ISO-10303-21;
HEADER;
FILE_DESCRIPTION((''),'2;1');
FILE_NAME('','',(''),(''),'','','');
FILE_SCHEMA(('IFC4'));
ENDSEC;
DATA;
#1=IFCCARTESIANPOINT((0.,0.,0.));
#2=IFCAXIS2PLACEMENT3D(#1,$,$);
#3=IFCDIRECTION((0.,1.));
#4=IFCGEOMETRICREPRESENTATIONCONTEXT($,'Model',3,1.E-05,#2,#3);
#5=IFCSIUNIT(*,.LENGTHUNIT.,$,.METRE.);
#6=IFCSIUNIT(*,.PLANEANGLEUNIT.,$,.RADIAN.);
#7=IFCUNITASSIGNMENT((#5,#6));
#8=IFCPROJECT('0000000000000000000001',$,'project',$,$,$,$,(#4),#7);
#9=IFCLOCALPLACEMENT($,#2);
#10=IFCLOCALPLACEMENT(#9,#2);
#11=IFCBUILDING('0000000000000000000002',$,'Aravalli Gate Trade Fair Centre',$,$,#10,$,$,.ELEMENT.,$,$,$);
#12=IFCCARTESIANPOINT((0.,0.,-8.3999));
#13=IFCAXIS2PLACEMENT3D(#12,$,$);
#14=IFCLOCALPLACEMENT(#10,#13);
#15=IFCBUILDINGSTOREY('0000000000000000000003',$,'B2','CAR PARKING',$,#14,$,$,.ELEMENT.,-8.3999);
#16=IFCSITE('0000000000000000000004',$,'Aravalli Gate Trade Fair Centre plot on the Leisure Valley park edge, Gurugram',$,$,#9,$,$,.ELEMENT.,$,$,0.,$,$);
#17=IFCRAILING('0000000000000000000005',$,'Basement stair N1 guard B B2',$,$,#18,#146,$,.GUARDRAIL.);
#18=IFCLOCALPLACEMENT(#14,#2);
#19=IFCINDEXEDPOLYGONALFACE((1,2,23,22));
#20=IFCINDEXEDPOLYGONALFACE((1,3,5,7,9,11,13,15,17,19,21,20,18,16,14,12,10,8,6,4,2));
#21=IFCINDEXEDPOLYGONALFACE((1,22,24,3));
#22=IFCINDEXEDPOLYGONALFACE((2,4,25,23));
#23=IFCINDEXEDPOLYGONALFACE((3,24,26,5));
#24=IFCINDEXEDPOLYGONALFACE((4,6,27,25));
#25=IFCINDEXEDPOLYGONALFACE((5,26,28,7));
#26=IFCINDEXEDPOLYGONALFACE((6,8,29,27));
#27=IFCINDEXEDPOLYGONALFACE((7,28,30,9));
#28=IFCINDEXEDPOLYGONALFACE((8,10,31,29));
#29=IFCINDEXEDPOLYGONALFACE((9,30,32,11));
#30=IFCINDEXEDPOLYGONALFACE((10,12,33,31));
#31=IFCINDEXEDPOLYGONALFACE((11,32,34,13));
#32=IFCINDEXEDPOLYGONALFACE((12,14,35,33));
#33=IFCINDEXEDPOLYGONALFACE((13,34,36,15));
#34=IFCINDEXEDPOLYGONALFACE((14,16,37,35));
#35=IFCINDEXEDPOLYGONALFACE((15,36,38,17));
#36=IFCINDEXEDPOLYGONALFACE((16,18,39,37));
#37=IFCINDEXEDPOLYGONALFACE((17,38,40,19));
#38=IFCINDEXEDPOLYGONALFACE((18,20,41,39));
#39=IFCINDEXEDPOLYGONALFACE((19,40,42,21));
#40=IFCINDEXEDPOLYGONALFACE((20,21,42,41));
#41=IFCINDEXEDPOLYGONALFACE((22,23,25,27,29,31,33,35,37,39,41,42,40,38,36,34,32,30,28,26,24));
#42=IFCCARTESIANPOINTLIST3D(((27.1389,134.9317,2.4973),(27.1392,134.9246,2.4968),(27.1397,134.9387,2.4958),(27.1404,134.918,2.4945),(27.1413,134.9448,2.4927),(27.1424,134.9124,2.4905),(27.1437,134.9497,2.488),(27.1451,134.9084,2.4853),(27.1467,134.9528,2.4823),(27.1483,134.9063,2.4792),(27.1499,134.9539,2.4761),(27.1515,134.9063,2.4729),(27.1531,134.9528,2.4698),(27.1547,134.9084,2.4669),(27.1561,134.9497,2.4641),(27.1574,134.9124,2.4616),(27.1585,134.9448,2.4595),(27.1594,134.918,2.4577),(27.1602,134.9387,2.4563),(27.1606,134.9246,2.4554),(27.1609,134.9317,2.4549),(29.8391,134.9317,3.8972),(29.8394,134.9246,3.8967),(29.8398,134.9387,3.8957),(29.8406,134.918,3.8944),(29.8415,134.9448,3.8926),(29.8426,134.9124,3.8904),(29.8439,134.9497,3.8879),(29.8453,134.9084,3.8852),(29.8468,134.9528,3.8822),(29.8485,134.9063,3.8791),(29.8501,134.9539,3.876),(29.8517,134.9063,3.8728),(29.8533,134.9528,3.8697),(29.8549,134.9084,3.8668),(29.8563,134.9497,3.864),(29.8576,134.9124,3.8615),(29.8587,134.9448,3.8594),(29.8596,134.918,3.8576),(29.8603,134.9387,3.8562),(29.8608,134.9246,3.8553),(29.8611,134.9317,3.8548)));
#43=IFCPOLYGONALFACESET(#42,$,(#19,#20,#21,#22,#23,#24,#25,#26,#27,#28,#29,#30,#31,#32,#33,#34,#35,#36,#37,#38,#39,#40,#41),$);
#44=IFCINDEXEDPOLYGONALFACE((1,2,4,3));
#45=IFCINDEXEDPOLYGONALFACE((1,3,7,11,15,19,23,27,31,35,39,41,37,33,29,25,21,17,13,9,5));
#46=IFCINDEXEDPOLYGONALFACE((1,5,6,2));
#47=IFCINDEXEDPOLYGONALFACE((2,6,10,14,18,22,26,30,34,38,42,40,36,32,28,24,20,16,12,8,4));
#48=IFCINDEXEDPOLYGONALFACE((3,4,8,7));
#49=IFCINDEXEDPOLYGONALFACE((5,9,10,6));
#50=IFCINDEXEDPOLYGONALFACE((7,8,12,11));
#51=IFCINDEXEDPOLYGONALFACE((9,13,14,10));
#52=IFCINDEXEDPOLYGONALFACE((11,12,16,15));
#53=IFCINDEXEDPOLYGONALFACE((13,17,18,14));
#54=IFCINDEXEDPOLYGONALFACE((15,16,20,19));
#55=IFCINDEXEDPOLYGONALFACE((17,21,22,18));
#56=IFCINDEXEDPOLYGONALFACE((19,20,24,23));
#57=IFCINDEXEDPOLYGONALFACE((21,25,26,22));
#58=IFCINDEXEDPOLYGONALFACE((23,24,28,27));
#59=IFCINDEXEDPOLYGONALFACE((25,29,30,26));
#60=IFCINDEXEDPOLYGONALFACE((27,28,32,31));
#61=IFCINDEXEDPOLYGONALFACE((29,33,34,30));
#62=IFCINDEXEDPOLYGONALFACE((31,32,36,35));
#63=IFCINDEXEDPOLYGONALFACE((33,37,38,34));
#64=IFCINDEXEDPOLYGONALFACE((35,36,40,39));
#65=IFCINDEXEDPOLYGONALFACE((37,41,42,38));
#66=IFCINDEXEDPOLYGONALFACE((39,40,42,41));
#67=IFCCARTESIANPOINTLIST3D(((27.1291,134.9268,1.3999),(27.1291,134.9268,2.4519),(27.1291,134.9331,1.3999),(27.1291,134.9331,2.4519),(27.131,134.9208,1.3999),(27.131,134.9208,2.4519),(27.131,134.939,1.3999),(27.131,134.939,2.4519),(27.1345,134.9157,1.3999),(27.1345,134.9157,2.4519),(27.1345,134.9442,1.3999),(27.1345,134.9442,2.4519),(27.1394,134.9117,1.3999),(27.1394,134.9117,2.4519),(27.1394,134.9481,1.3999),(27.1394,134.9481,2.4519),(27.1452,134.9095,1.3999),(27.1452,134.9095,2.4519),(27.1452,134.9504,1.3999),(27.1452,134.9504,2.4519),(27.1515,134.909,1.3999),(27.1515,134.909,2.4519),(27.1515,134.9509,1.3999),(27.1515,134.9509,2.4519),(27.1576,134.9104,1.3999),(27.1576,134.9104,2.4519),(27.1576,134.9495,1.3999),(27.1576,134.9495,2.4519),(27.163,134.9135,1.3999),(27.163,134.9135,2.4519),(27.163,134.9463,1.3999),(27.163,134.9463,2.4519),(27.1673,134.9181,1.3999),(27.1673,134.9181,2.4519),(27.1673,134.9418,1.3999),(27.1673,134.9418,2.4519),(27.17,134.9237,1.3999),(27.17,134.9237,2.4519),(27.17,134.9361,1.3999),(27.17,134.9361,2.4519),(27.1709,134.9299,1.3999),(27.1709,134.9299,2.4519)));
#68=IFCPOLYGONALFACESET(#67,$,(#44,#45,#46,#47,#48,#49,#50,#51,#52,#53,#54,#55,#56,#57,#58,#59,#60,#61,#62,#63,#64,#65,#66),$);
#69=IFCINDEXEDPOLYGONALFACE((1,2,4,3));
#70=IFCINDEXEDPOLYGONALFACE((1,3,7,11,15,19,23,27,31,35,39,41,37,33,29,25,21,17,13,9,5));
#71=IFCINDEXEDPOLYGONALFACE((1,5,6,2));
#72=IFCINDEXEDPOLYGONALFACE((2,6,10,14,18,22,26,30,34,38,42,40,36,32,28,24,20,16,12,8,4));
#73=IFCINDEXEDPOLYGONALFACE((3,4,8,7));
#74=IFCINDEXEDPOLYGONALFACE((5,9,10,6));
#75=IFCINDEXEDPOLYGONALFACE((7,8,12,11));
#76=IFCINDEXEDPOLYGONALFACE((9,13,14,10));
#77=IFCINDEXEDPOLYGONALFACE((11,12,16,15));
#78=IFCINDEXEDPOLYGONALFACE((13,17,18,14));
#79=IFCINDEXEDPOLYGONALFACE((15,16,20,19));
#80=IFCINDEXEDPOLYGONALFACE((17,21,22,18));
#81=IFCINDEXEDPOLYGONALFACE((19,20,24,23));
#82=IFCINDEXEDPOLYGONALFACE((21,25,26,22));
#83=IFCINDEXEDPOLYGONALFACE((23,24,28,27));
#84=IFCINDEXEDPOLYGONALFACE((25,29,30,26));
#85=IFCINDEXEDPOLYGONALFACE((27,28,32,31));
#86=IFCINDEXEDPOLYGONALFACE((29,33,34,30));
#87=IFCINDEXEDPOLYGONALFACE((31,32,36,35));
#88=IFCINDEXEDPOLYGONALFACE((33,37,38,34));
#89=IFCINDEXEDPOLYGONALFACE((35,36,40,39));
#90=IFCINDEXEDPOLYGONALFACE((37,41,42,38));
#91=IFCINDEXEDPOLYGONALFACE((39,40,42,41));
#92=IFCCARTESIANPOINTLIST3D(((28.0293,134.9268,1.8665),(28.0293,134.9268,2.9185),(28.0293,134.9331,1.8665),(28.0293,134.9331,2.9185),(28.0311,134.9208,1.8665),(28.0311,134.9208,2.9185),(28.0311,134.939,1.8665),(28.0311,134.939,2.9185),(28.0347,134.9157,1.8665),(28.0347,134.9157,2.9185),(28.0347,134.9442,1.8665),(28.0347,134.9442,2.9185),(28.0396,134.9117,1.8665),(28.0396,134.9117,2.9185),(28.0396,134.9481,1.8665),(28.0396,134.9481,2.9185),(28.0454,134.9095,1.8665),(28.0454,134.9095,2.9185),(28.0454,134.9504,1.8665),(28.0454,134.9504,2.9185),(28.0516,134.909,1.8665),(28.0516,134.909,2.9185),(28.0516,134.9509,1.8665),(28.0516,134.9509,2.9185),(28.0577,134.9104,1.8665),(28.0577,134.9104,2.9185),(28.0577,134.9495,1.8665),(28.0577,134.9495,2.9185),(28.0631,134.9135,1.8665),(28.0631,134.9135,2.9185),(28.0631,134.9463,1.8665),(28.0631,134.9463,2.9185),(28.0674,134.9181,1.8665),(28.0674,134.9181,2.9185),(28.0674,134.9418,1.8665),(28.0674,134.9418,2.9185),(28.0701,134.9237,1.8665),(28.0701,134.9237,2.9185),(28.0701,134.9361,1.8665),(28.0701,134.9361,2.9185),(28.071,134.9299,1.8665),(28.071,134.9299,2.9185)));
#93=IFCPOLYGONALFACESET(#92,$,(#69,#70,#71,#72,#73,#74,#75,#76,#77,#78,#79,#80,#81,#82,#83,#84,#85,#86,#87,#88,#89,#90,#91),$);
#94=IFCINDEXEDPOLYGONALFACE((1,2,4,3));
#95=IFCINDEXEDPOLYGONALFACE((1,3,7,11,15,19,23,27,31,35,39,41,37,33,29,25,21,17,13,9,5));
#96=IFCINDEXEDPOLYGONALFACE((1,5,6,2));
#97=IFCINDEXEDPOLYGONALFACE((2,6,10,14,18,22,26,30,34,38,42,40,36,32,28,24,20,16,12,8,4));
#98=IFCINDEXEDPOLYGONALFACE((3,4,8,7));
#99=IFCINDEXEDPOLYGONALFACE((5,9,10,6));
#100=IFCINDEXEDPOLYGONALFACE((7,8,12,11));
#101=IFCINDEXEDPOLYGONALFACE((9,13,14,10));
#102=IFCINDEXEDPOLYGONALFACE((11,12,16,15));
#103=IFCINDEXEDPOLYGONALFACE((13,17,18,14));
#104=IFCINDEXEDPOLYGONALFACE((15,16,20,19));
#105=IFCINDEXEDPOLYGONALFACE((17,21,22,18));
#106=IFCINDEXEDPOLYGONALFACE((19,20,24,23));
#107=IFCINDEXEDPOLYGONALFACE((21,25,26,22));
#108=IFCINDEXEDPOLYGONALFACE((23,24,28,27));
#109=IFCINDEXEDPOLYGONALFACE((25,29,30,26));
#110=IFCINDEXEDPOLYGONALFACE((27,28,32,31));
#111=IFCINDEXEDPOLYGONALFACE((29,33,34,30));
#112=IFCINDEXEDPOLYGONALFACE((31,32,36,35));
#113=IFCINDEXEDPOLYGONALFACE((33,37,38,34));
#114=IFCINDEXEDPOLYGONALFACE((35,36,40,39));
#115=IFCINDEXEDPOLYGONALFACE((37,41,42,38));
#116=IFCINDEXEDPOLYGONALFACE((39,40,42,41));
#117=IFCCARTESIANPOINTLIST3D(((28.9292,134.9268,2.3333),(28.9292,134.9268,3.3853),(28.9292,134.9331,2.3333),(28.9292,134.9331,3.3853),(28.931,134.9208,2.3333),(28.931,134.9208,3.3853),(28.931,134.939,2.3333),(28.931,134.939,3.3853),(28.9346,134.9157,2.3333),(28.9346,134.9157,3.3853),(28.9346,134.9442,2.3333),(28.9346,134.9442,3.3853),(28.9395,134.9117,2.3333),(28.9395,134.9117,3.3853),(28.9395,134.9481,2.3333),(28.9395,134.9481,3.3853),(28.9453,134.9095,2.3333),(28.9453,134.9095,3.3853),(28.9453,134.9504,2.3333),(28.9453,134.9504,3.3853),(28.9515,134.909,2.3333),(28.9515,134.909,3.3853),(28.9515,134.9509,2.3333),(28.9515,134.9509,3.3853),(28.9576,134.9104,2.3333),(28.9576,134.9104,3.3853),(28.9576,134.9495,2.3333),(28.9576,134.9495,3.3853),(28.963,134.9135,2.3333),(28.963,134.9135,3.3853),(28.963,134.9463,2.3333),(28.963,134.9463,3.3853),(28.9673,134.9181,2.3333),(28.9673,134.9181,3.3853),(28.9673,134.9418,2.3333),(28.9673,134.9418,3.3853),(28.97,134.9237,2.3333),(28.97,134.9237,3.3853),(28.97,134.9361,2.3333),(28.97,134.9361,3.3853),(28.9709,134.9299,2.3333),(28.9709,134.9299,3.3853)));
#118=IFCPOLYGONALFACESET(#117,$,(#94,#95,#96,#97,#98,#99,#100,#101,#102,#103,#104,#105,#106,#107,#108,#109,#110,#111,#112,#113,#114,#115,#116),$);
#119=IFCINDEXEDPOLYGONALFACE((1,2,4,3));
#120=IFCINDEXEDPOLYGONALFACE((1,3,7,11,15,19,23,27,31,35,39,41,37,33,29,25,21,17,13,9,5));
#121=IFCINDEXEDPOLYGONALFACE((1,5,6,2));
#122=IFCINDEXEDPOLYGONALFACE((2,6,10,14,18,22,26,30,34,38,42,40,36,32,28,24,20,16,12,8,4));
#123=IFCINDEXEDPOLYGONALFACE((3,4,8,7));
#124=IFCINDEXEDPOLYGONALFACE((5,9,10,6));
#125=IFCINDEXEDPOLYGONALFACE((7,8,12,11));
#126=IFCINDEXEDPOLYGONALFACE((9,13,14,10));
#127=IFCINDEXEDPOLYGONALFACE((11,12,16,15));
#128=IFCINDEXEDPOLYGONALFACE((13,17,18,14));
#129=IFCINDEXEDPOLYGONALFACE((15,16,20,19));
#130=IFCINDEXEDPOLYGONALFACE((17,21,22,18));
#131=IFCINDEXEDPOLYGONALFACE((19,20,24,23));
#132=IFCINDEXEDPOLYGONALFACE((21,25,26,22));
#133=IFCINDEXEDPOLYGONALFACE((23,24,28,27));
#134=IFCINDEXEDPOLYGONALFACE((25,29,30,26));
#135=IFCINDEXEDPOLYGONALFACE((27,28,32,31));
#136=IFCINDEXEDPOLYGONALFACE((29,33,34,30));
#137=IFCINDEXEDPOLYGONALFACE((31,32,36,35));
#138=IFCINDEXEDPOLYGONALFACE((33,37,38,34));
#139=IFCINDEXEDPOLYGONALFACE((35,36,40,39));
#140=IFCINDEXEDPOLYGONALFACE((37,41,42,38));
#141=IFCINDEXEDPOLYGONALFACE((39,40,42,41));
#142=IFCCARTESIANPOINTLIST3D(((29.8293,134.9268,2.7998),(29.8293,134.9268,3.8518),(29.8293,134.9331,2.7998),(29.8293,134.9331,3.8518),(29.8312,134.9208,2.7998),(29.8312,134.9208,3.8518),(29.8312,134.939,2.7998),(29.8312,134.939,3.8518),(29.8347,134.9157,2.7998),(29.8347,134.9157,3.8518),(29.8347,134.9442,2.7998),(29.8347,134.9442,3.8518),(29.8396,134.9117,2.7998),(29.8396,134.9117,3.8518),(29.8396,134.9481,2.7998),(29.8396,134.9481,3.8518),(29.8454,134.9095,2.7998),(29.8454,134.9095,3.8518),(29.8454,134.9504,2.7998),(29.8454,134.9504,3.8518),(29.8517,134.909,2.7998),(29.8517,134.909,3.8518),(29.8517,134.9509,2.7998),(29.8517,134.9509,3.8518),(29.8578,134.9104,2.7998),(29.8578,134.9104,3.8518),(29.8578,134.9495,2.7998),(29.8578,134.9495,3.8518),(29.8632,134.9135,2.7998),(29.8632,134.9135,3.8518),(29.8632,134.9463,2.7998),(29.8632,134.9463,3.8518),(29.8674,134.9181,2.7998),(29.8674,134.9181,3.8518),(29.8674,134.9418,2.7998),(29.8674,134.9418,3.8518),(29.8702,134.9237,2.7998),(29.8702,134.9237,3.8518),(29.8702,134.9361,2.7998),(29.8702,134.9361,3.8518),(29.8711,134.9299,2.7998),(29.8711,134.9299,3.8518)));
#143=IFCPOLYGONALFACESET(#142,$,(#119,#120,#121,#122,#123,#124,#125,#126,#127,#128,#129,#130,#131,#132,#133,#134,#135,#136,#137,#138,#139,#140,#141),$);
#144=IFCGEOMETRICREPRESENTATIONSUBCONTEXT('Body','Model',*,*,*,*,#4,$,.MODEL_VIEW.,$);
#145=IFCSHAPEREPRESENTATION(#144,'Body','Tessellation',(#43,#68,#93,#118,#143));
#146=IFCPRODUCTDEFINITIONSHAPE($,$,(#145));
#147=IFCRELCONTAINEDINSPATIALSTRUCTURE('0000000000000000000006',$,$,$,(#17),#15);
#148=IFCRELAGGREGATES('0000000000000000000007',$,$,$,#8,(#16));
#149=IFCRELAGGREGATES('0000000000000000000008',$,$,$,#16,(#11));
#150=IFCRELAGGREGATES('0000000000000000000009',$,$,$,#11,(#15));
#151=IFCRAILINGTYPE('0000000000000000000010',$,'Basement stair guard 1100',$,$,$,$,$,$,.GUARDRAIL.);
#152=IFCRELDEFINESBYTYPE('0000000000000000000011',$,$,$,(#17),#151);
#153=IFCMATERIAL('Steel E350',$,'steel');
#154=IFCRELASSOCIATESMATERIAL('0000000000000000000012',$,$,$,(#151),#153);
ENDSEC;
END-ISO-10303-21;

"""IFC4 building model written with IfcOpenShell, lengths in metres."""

from ifc_helpers import new_model, si_unit, direction, frame, origin, origin_2d, place, context, subcontext, project, spatial, circle, extrude, material, type_object, element, save


model = new_model("IFC4")

# Units and contexts
model_context = context("Model", 3, precision=1e-05, world=origin(), true_north=direction((0.0, 1.0)))
body_context = subcontext(model_context, "Body", "Model", "MODEL_VIEW")
ifc_project = project(units=[si_unit("LENGTHUNIT", "METRE"), si_unit("PLANEANGLEUNIT", "RADIAN")], contexts=[model_context])

# Site, building, storey
site_placement = place(None, origin())
site = spatial("IfcSite", under=ifc_project, at=site_placement, Name="Aravalli Gate Trade Fair Centre plot on the Leisure Valley park edge, Gurugram", CompositionType="ELEMENT", RefElevation=0.0)
building_placement = place(site_placement, origin())
building = spatial("IfcBuilding", under=site, at=building_placement, Name="Aravalli Gate Trade Fair Centre", CompositionType="ELEMENT")
storey_placement = place(building_placement, frame((0.0, 0.0, -8.3999)))
storey = spatial("IfcBuildingStorey", under=building, at=storey_placement, Name="B2", Description="CAR PARKING", CompositionType="ELEMENT", Elevation=-8.3999)

# Railing
ifc_material_1 = material(Name="Steel E350", Category="steel")
railing_type_1 = type_object("IfcRailingType", Name="Basement stair guard 1100", PredefinedType="GUARDRAIL", material=ifc_material_1)
railing_1_placement = place(storey_placement, frame((27.1499, 134.9299, 1.3999)))
element("IfcRailing", 1, at=railing_1_placement, inside=storey, type_object=railing_type_1, Name="Basement stair N1 guard B B2", PredefinedType="GUARDRAIL", context=body_context, shape_type="SweptSolid", body=[
    extrude(circle(Radius=0.0239, at=origin_2d()), frame((0.0, 0.0, 1.0762), z_axis=(0.887781, 0.0, 0.460266), x_axis=(0.0, 1.0, 0.0)), (0.0, 0.0, 1.0), 3.0415),
    extrude(circle(Radius=0.021, at=origin_2d()), origin(), (0.0, 0.0, 1.0), 1.052),
    extrude(circle(Radius=0.021, at=origin_2d()), frame((0.9001, 0.0, 0.4666)), (0.0, 0.0, 1.0), 1.052),
    extrude(circle(Radius=0.021, at=origin_2d()), frame((1.8, 0.0, 0.9333)), (0.0, 0.0, 1.0), 1.052),
    extrude(circle(Radius=0.021, at=origin_2d()), frame((2.7002, 0.0, 1.3999)), (0.0, 0.0, 1.0), 1.052),
])

save(model, "model.ifc")
